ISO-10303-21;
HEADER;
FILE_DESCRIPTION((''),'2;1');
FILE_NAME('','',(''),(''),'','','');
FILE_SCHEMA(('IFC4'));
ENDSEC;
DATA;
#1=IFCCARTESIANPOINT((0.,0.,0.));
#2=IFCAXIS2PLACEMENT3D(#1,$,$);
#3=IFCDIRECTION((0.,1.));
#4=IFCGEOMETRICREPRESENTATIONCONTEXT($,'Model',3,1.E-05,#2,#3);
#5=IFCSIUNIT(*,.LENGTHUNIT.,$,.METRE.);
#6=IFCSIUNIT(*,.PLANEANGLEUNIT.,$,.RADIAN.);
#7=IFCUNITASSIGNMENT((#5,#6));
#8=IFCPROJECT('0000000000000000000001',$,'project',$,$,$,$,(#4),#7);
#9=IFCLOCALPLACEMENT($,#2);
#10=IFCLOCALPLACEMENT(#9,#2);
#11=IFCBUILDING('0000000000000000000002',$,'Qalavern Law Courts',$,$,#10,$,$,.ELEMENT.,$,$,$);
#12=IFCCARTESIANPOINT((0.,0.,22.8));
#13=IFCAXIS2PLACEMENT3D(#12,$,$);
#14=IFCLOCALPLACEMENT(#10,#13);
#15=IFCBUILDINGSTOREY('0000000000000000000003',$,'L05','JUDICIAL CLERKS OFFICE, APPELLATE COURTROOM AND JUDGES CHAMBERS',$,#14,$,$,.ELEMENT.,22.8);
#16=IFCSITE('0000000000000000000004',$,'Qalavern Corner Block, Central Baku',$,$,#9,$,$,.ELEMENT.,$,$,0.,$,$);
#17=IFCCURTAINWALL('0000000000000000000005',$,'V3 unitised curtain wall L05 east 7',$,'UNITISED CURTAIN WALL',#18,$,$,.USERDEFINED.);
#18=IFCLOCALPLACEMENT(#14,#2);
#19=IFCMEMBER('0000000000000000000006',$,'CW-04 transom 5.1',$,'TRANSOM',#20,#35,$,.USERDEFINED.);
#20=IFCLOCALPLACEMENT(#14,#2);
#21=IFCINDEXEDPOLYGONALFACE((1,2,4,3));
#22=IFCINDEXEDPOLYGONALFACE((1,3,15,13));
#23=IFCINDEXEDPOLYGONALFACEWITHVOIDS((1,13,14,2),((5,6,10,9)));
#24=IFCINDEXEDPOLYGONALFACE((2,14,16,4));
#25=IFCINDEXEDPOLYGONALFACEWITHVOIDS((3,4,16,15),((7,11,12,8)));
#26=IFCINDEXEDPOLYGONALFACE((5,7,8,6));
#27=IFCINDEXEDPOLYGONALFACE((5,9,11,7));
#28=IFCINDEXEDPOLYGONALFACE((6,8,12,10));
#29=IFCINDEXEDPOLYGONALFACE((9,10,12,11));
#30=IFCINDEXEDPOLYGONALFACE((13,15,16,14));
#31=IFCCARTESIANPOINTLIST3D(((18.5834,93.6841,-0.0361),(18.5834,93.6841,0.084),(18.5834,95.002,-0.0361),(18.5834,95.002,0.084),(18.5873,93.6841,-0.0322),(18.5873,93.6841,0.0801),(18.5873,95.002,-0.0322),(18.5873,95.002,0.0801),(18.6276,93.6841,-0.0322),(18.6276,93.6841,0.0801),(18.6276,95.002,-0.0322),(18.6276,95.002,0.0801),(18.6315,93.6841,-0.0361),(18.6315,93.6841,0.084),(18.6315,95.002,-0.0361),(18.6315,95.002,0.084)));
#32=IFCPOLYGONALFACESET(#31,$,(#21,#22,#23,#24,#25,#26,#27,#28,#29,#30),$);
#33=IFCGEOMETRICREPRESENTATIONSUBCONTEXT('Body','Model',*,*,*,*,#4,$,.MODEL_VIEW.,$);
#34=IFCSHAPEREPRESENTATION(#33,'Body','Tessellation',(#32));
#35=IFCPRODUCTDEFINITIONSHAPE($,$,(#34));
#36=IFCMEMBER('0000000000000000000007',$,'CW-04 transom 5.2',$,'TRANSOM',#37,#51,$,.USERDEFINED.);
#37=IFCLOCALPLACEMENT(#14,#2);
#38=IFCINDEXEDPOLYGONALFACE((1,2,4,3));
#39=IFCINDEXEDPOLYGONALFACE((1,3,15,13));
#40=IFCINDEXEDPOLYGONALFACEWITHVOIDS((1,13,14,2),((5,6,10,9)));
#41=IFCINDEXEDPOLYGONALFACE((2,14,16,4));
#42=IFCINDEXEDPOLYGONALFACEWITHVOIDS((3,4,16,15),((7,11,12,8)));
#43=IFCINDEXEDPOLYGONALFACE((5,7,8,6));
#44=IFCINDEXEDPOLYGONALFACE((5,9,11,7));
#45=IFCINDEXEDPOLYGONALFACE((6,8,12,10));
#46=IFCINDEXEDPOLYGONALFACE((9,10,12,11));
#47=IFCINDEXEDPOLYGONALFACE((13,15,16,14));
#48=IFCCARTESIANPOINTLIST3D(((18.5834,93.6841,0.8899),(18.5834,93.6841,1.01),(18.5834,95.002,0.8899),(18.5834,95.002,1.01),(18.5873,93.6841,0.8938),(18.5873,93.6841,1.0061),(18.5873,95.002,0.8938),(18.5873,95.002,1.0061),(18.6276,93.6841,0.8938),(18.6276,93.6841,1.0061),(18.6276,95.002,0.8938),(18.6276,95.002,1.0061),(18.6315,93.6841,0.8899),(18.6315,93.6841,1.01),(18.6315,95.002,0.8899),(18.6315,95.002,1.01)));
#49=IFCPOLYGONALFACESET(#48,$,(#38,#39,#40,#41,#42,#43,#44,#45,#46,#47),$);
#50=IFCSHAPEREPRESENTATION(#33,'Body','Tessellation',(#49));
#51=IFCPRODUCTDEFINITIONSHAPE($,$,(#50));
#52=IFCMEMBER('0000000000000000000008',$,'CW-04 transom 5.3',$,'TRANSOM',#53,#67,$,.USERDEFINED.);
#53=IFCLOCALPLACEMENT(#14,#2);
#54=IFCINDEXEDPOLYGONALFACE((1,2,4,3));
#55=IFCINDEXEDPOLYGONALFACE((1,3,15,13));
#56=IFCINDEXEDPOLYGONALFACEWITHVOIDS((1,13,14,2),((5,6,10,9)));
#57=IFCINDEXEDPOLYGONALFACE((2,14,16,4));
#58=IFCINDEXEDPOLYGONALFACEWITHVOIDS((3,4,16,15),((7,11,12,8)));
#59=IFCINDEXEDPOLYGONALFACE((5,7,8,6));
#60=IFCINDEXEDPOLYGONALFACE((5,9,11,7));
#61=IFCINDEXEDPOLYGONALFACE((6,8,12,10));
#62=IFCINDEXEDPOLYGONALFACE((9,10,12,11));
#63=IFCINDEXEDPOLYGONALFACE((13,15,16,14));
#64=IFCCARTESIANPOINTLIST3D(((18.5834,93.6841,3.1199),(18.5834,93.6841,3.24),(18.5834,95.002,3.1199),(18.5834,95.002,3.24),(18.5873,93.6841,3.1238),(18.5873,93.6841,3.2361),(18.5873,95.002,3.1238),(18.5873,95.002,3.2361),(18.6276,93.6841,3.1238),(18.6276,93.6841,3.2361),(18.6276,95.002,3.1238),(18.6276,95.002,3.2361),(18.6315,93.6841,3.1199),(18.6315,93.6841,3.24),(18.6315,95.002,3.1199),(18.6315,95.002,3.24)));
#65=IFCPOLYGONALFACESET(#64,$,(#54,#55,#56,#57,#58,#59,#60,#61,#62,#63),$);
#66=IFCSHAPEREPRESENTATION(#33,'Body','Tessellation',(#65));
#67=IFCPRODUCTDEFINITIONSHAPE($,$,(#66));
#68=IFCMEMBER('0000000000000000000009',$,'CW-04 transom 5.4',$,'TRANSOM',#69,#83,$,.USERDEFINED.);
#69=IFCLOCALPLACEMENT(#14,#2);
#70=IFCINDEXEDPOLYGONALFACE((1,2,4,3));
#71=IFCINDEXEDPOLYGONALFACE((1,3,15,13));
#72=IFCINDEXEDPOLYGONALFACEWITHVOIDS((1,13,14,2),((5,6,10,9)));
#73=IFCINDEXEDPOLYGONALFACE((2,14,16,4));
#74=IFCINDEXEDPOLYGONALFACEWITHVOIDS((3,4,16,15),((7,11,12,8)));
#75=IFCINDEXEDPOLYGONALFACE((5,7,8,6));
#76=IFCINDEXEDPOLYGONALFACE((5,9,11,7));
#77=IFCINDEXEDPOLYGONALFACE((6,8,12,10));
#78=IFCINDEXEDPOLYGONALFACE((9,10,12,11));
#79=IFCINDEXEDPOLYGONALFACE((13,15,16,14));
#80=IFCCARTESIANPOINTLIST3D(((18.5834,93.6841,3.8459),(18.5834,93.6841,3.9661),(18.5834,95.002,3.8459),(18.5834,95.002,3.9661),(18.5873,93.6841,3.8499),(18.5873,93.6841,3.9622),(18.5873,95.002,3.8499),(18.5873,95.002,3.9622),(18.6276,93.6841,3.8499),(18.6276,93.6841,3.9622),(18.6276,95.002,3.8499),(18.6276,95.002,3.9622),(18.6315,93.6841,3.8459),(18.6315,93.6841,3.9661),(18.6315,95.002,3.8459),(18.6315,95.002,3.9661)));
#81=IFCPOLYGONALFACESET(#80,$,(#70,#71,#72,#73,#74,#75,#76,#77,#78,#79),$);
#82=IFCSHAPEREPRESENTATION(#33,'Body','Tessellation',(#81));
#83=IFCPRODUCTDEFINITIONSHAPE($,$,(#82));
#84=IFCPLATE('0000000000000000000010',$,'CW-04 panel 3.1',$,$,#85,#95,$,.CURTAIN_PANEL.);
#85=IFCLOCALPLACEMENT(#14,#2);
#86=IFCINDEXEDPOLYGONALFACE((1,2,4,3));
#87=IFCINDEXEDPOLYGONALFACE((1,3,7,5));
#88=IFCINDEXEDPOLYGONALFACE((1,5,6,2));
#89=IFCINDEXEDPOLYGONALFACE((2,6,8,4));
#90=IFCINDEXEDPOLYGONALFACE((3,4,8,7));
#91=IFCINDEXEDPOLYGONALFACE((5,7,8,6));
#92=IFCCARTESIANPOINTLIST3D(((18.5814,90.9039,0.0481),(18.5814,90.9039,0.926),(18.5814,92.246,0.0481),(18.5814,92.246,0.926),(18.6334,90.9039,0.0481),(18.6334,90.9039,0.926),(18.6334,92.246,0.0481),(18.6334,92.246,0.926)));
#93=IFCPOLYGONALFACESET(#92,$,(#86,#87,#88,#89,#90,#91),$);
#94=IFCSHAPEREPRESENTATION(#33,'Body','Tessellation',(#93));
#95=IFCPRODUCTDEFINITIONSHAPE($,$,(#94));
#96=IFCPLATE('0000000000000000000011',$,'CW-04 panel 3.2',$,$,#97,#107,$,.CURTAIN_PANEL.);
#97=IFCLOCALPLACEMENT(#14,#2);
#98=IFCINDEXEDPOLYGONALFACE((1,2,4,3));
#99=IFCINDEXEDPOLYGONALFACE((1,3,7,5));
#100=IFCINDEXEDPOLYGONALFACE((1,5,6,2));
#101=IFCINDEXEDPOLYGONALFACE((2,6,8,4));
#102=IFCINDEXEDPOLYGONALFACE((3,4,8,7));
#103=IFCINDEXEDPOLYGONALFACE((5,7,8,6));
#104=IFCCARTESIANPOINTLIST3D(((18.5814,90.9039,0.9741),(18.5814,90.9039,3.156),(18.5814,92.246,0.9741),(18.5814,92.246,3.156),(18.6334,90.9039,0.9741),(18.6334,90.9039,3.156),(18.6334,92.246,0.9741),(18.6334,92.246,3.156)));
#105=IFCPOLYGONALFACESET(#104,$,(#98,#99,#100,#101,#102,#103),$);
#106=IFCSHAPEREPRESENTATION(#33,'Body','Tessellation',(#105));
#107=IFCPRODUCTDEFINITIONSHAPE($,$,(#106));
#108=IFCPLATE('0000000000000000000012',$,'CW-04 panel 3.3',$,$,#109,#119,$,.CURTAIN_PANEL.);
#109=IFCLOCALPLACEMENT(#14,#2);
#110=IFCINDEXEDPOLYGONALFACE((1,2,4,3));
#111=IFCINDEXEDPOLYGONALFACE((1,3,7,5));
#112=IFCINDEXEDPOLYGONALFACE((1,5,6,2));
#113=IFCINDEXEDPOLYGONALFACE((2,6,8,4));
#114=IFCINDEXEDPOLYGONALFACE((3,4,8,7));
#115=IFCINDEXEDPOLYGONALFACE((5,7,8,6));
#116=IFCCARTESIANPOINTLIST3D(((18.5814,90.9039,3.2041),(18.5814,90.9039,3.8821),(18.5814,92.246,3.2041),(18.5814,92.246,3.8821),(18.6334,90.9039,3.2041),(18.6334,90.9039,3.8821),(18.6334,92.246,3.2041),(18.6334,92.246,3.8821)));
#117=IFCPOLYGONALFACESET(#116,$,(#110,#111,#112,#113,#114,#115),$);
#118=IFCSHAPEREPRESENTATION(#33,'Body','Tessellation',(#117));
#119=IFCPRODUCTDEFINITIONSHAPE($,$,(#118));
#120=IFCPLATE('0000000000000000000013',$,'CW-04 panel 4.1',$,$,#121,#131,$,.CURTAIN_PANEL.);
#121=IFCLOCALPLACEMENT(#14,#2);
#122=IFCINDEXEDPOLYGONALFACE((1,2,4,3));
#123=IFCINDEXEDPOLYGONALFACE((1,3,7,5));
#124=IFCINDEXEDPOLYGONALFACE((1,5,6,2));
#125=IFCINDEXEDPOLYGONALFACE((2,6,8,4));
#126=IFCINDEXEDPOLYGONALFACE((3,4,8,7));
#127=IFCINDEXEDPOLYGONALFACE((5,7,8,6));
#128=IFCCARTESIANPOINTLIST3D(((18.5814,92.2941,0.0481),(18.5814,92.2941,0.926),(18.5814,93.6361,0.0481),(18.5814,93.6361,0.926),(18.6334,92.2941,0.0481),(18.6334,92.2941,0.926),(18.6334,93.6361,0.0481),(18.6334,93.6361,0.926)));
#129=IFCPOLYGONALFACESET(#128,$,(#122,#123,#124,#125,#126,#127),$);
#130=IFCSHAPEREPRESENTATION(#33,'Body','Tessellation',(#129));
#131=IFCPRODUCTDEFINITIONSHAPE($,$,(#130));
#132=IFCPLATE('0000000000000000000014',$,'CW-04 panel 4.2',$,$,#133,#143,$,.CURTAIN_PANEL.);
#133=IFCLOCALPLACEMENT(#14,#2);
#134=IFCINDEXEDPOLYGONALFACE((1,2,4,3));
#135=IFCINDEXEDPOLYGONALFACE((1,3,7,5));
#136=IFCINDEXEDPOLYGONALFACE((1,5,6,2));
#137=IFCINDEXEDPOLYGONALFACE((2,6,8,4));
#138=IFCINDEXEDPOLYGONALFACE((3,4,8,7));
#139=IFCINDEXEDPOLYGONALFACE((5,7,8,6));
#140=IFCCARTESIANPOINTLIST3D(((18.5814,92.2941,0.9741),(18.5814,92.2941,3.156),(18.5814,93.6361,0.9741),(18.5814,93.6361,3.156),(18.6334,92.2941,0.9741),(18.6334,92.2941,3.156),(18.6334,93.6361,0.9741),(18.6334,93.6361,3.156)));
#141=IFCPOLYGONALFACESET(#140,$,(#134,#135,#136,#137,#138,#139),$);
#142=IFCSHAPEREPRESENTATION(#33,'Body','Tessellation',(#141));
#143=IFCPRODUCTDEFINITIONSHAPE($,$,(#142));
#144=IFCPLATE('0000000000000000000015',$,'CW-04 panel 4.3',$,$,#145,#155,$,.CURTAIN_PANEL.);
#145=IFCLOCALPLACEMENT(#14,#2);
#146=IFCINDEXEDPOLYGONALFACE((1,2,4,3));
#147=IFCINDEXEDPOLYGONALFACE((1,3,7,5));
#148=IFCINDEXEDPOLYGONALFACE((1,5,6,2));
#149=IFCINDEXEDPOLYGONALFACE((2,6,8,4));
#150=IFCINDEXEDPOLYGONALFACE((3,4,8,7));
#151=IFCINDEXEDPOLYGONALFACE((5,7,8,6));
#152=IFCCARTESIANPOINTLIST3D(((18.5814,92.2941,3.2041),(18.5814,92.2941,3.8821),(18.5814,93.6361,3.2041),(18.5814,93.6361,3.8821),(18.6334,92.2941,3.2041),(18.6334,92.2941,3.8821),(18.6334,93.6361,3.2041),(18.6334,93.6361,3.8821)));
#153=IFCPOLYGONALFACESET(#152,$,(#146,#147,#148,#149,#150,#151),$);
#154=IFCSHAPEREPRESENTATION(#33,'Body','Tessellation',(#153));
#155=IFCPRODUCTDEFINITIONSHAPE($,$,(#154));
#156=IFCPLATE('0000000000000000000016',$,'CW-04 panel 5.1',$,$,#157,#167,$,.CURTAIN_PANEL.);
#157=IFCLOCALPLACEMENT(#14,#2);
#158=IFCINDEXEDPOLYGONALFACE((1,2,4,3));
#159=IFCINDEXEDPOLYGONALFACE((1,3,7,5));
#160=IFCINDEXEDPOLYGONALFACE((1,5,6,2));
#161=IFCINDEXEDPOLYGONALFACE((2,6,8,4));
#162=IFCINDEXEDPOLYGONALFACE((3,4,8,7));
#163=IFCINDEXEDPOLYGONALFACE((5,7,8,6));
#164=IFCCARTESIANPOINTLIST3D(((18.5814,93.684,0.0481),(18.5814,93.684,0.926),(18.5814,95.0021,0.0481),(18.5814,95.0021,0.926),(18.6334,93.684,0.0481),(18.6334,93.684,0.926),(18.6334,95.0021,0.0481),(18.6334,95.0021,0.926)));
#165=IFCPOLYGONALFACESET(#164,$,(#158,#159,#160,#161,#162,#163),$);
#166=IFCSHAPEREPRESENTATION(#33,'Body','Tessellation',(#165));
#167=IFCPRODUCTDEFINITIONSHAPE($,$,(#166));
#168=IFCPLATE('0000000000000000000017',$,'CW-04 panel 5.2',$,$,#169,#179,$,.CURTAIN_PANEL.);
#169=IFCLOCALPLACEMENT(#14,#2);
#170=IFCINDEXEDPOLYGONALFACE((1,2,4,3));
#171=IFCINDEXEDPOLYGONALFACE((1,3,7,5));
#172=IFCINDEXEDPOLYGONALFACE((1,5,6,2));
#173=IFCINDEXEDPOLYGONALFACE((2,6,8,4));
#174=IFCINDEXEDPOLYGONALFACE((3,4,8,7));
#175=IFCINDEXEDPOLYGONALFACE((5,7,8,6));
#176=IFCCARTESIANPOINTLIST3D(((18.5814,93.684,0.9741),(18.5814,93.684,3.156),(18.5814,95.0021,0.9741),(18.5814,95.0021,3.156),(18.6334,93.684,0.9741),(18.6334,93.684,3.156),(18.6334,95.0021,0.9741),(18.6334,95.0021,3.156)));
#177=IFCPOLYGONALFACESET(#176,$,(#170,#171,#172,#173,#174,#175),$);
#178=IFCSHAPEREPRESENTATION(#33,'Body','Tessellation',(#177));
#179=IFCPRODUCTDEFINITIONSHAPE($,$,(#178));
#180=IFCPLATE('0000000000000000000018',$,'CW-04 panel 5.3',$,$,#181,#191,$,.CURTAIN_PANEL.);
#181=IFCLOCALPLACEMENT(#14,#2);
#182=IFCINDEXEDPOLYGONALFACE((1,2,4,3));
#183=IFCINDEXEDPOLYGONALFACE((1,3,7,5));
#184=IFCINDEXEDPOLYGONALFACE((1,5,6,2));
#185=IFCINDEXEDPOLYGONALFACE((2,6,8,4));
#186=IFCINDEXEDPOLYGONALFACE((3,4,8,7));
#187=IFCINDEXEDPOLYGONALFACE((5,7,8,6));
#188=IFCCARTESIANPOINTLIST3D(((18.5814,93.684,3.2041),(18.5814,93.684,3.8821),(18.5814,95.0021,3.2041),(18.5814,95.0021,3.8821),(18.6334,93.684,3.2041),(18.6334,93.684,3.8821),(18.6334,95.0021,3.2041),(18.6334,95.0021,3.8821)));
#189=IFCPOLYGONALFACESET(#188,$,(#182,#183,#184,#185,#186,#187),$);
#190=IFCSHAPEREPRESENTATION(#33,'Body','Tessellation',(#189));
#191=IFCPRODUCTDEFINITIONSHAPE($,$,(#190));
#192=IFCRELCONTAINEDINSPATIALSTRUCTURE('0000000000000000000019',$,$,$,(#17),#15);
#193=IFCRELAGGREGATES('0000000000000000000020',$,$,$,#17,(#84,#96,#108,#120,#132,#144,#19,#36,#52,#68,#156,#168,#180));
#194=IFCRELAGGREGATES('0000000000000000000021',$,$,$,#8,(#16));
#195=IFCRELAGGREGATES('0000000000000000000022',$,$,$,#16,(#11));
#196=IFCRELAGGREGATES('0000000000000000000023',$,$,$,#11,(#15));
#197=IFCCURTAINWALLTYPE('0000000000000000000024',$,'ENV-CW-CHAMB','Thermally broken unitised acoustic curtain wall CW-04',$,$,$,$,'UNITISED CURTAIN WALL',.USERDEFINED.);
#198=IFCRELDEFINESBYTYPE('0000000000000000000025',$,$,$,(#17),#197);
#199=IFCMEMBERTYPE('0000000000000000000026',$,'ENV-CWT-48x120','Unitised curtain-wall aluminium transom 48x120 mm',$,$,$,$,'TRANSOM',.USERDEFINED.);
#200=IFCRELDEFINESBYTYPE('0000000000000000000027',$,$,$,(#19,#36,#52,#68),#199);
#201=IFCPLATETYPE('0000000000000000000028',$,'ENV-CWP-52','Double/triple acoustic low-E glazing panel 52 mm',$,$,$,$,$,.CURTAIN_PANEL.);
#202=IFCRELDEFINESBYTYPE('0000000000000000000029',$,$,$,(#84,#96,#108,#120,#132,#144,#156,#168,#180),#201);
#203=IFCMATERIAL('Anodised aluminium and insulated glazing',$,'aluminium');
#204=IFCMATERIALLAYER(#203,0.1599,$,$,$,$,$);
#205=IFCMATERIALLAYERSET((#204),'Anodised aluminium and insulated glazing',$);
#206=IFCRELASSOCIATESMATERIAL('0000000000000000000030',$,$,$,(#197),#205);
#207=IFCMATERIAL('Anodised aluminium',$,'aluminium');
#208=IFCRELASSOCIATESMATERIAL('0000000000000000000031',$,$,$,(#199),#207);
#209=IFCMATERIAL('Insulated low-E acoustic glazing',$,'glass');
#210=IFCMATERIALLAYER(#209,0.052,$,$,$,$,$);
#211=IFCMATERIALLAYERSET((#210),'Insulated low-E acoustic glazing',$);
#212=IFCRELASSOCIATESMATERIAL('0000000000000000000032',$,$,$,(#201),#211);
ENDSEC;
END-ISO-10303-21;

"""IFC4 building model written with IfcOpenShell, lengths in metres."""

from ifc_helpers import new_model, si_unit, direction, frame, origin, origin_2d, place, context, subcontext, project, spatial, rectangle, hollow_rectangle, extrude, material, layer, layer_set, material_profile, profile_set, type_object, element, aggregate, save


model = new_model("IFC4")

# Units and contexts
model_context = context("Model", 3, precision=1e-05, world=origin(), true_north=direction((0.0, 1.0)))
body_context = subcontext(model_context, "Body", "Model", "MODEL_VIEW")
ifc_project = project(units=[si_unit("LENGTHUNIT", "METRE"), si_unit("PLANEANGLEUNIT", "RADIAN")], contexts=[model_context])

# Site, building, storey
site_placement = place(None, origin())
site = spatial("IfcSite", under=ifc_project, at=site_placement, Name="Qalavern Corner Block, Central Baku", CompositionType="ELEMENT", RefElevation=0.0)
building_placement = place(site_placement, origin())
building = spatial("IfcBuilding", under=site, at=building_placement, Name="Qalavern Law Courts", CompositionType="ELEMENT")
storey_placement = place(building_placement, frame((0.0, 0.0, 22.8)))
storey = spatial("IfcBuildingStorey", under=building, at=storey_placement, Name="L05", Description="JUDICIAL CLERKS OFFICE, APPELLATE COURTROOM AND JUDGES CHAMBERS", CompositionType="ELEMENT", Elevation=22.8)

# Curtain wall, members, plates
ifc_material_1 = material(Name="Anodised aluminium and insulated glazing", Category="aluminium")
ifc_layer_1 = layer(ifc_material_1, 0.1599)
ifc_layer_set_1 = layer_set([ifc_layer_1], Name="Anodised aluminium and insulated glazing")
curtain_wall_type = type_object("IfcCurtainWallType", Name="ENV-CW-CHAMB", Description="Thermally broken unitised acoustic curtain wall CW-04", ElementType="UNITISED CURTAIN WALL", PredefinedType="USERDEFINED", material=ifc_layer_set_1)
curtain_wall_placement = place(storey_placement, origin())
curtain_wall = element("IfcCurtainWall", 1, at=curtain_wall_placement, inside=storey, type_object=curtain_wall_type, Name="V3 unitised curtain wall L05 east 7", ObjectType="UNITISED CURTAIN WALL", PredefinedType="USERDEFINED")
ifc_material_2 = material(Name="Anodised aluminium", Category="aluminium")
ifc_material_profile_1 = material_profile(ifc_material_2, hollow_rectangle(XDim=0.0481, YDim=0.1201, WallThickness=0.0039, at=origin_2d()), Name="ALU TRANSOM 48x120")
ifc_profile_set_1 = profile_set([ifc_material_profile_1], Name="Anodised aluminium")
member_type_1 = type_object("IfcMemberType", Name="ENV-CWT-48x120", Description="Unitised curtain-wall aluminium transom 48x120 mm", ElementType="TRANSOM", PredefinedType="USERDEFINED", material=ifc_profile_set_1)
member_1_placement = place(storey_placement, frame((18.6074, 93.6841, 0.0239), z_axis=(0.0, 1.0, 0.0), x_axis=(-1.0, 0.0, 0.0)))
member_1 = element("IfcMember", 2, at=member_1_placement, type_object=member_type_1, Name="CW-04 transom 5.1", ObjectType="TRANSOM", PredefinedType="USERDEFINED", context=body_context, shape_type="SweptSolid", body=[
    extrude(hollow_rectangle(XDim=0.0481, YDim=0.1201, WallThickness=0.0039, at=origin_2d()), origin(), (0.0, 0.0, 1.0), 1.3179),
])
member_2_placement = place(storey_placement, frame((18.6074, 93.6841, 0.95), z_axis=(0.0, 1.0, 0.0), x_axis=(-1.0, 0.0, 0.0)))
member_2 = element("IfcMember", 3, at=member_2_placement, type_object=member_type_1, Name="CW-04 transom 5.2", ObjectType="TRANSOM", PredefinedType="USERDEFINED", context=body_context, shape_type="SweptSolid", body=[
    extrude(hollow_rectangle(XDim=0.0481, YDim=0.1201, WallThickness=0.0039, at=origin_2d()), origin(), (0.0, 0.0, 1.0), 1.3179),
])
member_3_placement = place(storey_placement, frame((18.6074, 93.6841, 3.1799), z_axis=(0.0, 1.0, 0.0), x_axis=(-1.0, 0.0, 0.0)))
member_3 = element("IfcMember", 4, at=member_3_placement, type_object=member_type_1, Name="CW-04 transom 5.3", ObjectType="TRANSOM", PredefinedType="USERDEFINED", context=body_context, shape_type="SweptSolid", body=[
    extrude(hollow_rectangle(XDim=0.0481, YDim=0.1201, WallThickness=0.0039, at=origin_2d()), origin(), (0.0, 0.0, 1.0), 1.3179),
])
member_4_placement = place(storey_placement, frame((18.6074, 93.6841, 3.906), z_axis=(0.0, 1.0, 0.0), x_axis=(-1.0, 0.0, 0.0)))
member_4 = element("IfcMember", 5, at=member_4_placement, type_object=member_type_1, Name="CW-04 transom 5.4", ObjectType="TRANSOM", PredefinedType="USERDEFINED", context=body_context, shape_type="SweptSolid", body=[
    extrude(hollow_rectangle(XDim=0.0481, YDim=0.1201, WallThickness=0.0039, at=origin_2d()), origin(), (0.0, 0.0, 1.0), 1.3179),
])
ifc_material_3 = material(Name="Insulated low-E acoustic glazing", Category="glass")
ifc_layer_2 = layer(ifc_material_3, 0.052)
ifc_layer_set_2 = layer_set([ifc_layer_2], Name="Insulated low-E acoustic glazing")
plate_type = type_object("IfcPlateType", Name="ENV-CWP-52", Description="Double/triple acoustic low-E glazing panel 52 mm", PredefinedType="CURTAIN_PANEL", material=ifc_layer_set_2)
plate_1_placement = place(storey_placement, frame((18.6074, 91.575, 0.0481), z_axis=(0.0, 0.0, 1.0), x_axis=(0.0, 1.0, 0.0)))
plate_1 = element("IfcPlate", 6, at=plate_1_placement, type_object=plate_type, Name="CW-04 panel 3.1", PredefinedType="CURTAIN_PANEL", context=body_context, shape_type="SweptSolid", body=[
    extrude(rectangle(XDim=1.342, YDim=0.052, at=origin_2d()), origin(), (0.0, 0.0, 1.0), 0.8779),
])
plate_2_placement = place(storey_placement, frame((18.6074, 91.575, 0.9741), z_axis=(0.0, 0.0, 1.0), x_axis=(0.0, 1.0, 0.0)))
plate_2 = element("IfcPlate", 7, at=plate_2_placement, type_object=plate_type, Name="CW-04 panel 3.2", PredefinedType="CURTAIN_PANEL", context=body_context, shape_type="SweptSolid", body=[
    extrude(rectangle(XDim=1.342, YDim=0.052, at=origin_2d()), origin(), (0.0, 0.0, 1.0), 2.1819),
])
plate_3_placement = place(storey_placement, frame((18.6074, 91.575, 3.2041), z_axis=(0.0, 0.0, 1.0), x_axis=(0.0, 1.0, 0.0)))
plate_3 = element("IfcPlate", 8, at=plate_3_placement, type_object=plate_type, Name="CW-04 panel 3.3", PredefinedType="CURTAIN_PANEL", context=body_context, shape_type="SweptSolid", body=[
    extrude(rectangle(XDim=1.342, YDim=0.052, at=origin_2d()), origin(), (0.0, 0.0, 1.0), 0.678),
])
plate_4_placement = place(storey_placement, frame((18.6074, 92.9651, 0.0481), z_axis=(0.0, 0.0, 1.0), x_axis=(0.0, 1.0, 0.0)))
plate_4 = element("IfcPlate", 9, at=plate_4_placement, type_object=plate_type, Name="CW-04 panel 4.1", PredefinedType="CURTAIN_PANEL", context=body_context, shape_type="SweptSolid", body=[
    extrude(rectangle(XDim=1.342, YDim=0.052, at=origin_2d()), origin(), (0.0, 0.0, 1.0), 0.8779),
])
plate_5_placement = place(storey_placement, frame((18.6074, 92.9651, 0.9741), z_axis=(0.0, 0.0, 1.0), x_axis=(0.0, 1.0, 0.0)))
plate_5 = element("IfcPlate", 10, at=plate_5_placement, type_object=plate_type, Name="CW-04 panel 4.2", PredefinedType="CURTAIN_PANEL", context=body_context, shape_type="SweptSolid", body=[
    extrude(rectangle(XDim=1.342, YDim=0.052, at=origin_2d()), origin(), (0.0, 0.0, 1.0), 2.1819),
])
plate_6_placement = place(storey_placement, frame((18.6074, 92.9651, 3.2041), z_axis=(0.0, 0.0, 1.0), x_axis=(0.0, 1.0, 0.0)))
plate_6 = element("IfcPlate", 11, at=plate_6_placement, type_object=plate_type, Name="CW-04 panel 4.3", PredefinedType="CURTAIN_PANEL", context=body_context, shape_type="SweptSolid", body=[
    extrude(rectangle(XDim=1.342, YDim=0.052, at=origin_2d()), origin(), (0.0, 0.0, 1.0), 0.678),
])
plate_7_placement = place(storey_placement, frame((18.6074, 94.343, 0.0481), z_axis=(0.0, 0.0, 1.0), x_axis=(0.0, 1.0, 0.0)))
plate_7 = element("IfcPlate", 12, at=plate_7_placement, type_object=plate_type, Name="CW-04 panel 5.1", PredefinedType="CURTAIN_PANEL", context=body_context, shape_type="SweptSolid", body=[
    extrude(rectangle(XDim=1.3181, YDim=0.052, at=origin_2d()), origin(), (0.0, 0.0, 1.0), 0.8779),
])
plate_8_placement = place(storey_placement, frame((18.6074, 94.343, 0.9741), z_axis=(0.0, 0.0, 1.0), x_axis=(0.0, 1.0, 0.0)))
plate_8 = element("IfcPlate", 13, at=plate_8_placement, type_object=plate_type, Name="CW-04 panel 5.2", PredefinedType="CURTAIN_PANEL", context=body_context, shape_type="SweptSolid", body=[
    extrude(rectangle(XDim=1.3181, YDim=0.052, at=origin_2d()), origin(), (0.0, 0.0, 1.0), 2.1819),
])
plate_9_placement = place(storey_placement, frame((18.6074, 94.343, 3.2041), z_axis=(0.0, 0.0, 1.0), x_axis=(0.0, 1.0, 0.0)))
plate_9 = element("IfcPlate", 14, at=plate_9_placement, type_object=plate_type, Name="CW-04 panel 5.3", PredefinedType="CURTAIN_PANEL", context=body_context, shape_type="SweptSolid", body=[
    extrude(rectangle(XDim=1.3181, YDim=0.052, at=origin_2d()), origin(), (0.0, 0.0, 1.0), 0.678),
])
aggregate(curtain_wall, [plate_1, plate_2, plate_3, plate_4, plate_5, plate_6, member_1, member_2, member_3, member_4, plate_7, plate_8, plate_9])

save(model, "model.ifc")
